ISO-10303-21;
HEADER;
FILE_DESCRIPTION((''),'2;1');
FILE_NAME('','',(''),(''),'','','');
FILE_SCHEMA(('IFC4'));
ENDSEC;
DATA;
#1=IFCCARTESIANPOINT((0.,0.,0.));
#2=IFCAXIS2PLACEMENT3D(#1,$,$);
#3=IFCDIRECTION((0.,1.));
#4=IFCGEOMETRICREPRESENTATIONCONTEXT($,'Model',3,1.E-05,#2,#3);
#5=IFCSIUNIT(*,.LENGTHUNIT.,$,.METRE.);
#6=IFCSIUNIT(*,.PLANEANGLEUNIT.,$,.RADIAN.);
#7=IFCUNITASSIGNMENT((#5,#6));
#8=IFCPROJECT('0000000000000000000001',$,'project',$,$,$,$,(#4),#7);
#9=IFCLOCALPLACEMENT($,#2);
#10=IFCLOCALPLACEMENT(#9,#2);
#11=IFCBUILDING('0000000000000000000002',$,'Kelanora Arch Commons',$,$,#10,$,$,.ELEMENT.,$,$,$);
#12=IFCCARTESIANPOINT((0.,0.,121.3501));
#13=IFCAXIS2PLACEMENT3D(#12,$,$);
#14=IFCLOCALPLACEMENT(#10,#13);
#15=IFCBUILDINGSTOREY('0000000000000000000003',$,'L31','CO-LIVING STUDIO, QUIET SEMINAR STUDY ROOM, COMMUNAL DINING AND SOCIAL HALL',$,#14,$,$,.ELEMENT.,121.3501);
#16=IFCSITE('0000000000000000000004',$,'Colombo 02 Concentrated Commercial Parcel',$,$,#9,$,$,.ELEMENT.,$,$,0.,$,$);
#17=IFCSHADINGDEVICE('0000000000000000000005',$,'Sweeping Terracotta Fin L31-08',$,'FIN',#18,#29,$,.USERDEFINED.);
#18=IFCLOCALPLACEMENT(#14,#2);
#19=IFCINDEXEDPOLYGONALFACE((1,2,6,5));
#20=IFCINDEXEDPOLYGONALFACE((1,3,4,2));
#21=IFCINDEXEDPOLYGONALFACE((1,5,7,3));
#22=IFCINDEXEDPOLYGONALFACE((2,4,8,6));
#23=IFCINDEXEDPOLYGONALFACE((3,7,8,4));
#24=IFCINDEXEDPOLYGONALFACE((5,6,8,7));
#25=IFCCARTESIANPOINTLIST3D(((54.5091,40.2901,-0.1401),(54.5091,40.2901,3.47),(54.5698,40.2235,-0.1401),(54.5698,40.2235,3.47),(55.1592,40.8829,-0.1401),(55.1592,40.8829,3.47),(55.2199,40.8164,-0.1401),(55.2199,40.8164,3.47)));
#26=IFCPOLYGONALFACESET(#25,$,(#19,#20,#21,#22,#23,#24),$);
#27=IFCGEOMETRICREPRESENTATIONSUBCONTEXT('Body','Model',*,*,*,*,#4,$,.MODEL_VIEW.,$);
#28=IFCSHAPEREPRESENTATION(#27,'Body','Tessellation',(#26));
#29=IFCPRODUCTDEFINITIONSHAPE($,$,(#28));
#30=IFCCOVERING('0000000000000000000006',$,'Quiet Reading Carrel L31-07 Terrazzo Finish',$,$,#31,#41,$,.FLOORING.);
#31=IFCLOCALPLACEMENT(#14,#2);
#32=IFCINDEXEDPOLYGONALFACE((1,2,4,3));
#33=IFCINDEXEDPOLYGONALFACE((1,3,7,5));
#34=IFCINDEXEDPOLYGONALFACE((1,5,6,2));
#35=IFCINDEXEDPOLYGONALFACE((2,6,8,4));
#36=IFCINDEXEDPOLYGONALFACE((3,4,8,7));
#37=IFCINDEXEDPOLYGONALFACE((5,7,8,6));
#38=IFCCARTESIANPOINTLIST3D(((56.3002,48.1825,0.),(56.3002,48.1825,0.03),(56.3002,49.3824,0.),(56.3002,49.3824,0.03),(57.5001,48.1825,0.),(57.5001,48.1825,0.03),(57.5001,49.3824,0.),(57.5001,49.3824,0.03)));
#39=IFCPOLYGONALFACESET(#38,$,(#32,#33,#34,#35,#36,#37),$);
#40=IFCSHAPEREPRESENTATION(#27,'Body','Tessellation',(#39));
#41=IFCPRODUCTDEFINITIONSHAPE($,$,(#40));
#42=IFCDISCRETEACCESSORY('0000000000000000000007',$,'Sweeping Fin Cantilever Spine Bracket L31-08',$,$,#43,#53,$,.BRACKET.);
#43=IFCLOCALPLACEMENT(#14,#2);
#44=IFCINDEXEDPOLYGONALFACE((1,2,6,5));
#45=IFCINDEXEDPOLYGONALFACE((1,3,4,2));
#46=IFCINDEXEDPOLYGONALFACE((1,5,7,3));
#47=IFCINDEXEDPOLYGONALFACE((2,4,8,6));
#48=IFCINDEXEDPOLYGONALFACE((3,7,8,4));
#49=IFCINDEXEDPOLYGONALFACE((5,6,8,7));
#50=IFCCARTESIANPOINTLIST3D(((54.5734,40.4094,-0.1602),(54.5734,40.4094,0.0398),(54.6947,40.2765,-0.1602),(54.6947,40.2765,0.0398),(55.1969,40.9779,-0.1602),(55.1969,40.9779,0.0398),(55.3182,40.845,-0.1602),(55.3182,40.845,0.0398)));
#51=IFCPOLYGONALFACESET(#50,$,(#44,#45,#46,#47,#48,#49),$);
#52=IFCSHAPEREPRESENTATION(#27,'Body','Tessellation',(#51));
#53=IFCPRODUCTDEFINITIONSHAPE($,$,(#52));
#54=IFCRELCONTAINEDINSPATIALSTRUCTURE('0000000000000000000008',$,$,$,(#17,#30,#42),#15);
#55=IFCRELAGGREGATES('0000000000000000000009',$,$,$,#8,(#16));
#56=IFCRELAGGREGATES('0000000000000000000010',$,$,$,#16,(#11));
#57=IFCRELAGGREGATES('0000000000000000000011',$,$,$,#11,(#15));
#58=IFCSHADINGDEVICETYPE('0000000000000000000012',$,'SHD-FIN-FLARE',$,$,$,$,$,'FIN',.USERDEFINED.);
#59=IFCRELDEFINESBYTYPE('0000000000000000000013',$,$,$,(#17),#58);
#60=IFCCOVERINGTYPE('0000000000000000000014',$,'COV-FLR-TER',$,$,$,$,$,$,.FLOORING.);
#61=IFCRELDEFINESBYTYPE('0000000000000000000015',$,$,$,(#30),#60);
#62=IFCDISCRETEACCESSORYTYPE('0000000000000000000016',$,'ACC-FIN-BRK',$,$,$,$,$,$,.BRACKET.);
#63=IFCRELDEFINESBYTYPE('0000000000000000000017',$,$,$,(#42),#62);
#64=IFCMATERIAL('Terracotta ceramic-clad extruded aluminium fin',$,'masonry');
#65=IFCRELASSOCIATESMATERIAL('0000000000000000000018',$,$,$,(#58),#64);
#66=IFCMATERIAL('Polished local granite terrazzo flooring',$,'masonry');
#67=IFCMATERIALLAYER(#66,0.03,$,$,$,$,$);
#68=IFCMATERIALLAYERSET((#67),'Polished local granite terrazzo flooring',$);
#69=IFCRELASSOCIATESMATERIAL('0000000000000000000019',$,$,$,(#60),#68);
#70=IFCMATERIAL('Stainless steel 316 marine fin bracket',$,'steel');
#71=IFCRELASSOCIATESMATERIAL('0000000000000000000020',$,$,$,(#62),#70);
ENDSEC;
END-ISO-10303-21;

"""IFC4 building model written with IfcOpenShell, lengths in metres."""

from ifc_helpers import new_model, si_unit, direction, frame, origin, origin_2d, place, context, subcontext, project, spatial, rectangle, extrude, source, transform, mapped, material, layer, layer_set, type_object, element, save


model = new_model("IFC4")

# Units and contexts
model_context = context("Model", 3, precision=1e-05, world=origin(), true_north=direction((0.0, 1.0)))
body_context = subcontext(model_context, "Body", "Model", "MODEL_VIEW")
ifc_project = project(units=[si_unit("LENGTHUNIT", "METRE"), si_unit("PLANEANGLEUNIT", "RADIAN")], contexts=[model_context])

# Site, building, storey
site_placement = place(None, origin())
site = spatial("IfcSite", under=ifc_project, at=site_placement, Name="Colombo 02 Concentrated Commercial Parcel", CompositionType="ELEMENT", RefElevation=0.0)
building_placement = place(site_placement, origin())
building = spatial("IfcBuilding", under=site, at=building_placement, Name="Kelanora Arch Commons", CompositionType="ELEMENT")
storey_placement = place(building_placement, frame((0.0, 0.0, 121.3501)))
storey = spatial("IfcBuildingStorey", under=building, at=storey_placement, Name="L31", Description="CO-LIVING STUDIO, QUIET SEMINAR STUDY ROOM, COMMUNAL DINING AND SOCIAL HALL", CompositionType="ELEMENT", Elevation=121.3501)

# Shading device
ifc_material_1 = material(Name="Terracotta ceramic-clad extruded aluminium fin", Category="masonry")
shading_device_type = type_object("IfcShadingDeviceType", Name="SHD-FIN-FLARE", ElementType="FIN", PredefinedType="USERDEFINED", material=ifc_material_1)
shared_shape_1 = source(origin(), body_context, "Body", "SweptSolid", [
    extrude(rectangle(XDim=0.8799, YDim=0.0901, at=origin_2d()), origin(), (0.0, 0.0, 1.0), 3.6101),
])
shading_device_placement = place(storey_placement, frame((54.8645, 40.5532, -0.1401), z_axis=(0.0, 0.0, 1.0), x_axis=(-0.738926, -0.673787, 0.0)))
element("IfcShadingDevice", 1, at=shading_device_placement, inside=storey, type_object=shading_device_type, Name="Sweeping Terracotta Fin L31-08", ObjectType="FIN", PredefinedType="USERDEFINED", context=body_context, shape_type="MappedRepresentation", body=[
    mapped(shared_shape_1, transform((0.0, 0.0, 0.0), scale=1.0)),
])

# Covering
ifc_material_2 = material(Name="Polished local granite terrazzo flooring", Category="masonry")
ifc_layer_1 = layer(ifc_material_2, 0.03)
ifc_layer_set_1 = layer_set([ifc_layer_1], Name="Polished local granite terrazzo flooring")
covering_type = type_object("IfcCoveringType", Name="COV-FLR-TER", PredefinedType="FLOORING", material=ifc_layer_set_1)
shared_shape_2 = source(origin(), body_context, "Body", "SweptSolid", [
    extrude(rectangle(XDim=1.2, YDim=1.2, at=origin_2d()), origin(), (0.0, 0.0, 1.0), 0.03),
])
covering_placement = place(storey_placement, frame((56.9001, 48.7825, 0.0), z_axis=(0.0, 0.0, 1.0), x_axis=(1.0, 0.0, 0.0)))
element("IfcCovering", 2, at=covering_placement, inside=storey, type_object=covering_type, Name="Quiet Reading Carrel L31-07 Terrazzo Finish", PredefinedType="FLOORING", context=body_context, shape_type="MappedRepresentation", body=[
    mapped(shared_shape_2, transform((0.0, 0.0, 0.0), scale=1.0)),
])

# Discrete accessory
ifc_material_3 = material(Name="Stainless steel 316 marine fin bracket", Category="steel")
discrete_accessory_type = type_object("IfcDiscreteAccessoryType", Name="ACC-FIN-BRK", PredefinedType="BRACKET", material=ifc_material_3)
shared_shape_3 = source(origin(), body_context, "Body", "SweptSolid", [
    extrude(rectangle(XDim=0.8438, YDim=0.1799, at=origin_2d()), origin(), (0.0, 0.0, 1.0), 0.2),
])
discrete_accessory_placement = place(storey_placement, frame((54.9458, 40.6272, -0.1602), z_axis=(0.0, 0.0, 1.0), x_axis=(-0.738926, -0.673787, 0.0)))
element("IfcDiscreteAccessory", 3, at=discrete_accessory_placement, inside=storey, type_object=discrete_accessory_type, Name="Sweeping Fin Cantilever Spine Bracket L31-08", PredefinedType="BRACKET", context=body_context, shape_type="MappedRepresentation", body=[
    mapped(shared_shape_3, transform((0.0, 0.0, 0.0), scale=1.0)),
])

save(model, "model.ifc")
